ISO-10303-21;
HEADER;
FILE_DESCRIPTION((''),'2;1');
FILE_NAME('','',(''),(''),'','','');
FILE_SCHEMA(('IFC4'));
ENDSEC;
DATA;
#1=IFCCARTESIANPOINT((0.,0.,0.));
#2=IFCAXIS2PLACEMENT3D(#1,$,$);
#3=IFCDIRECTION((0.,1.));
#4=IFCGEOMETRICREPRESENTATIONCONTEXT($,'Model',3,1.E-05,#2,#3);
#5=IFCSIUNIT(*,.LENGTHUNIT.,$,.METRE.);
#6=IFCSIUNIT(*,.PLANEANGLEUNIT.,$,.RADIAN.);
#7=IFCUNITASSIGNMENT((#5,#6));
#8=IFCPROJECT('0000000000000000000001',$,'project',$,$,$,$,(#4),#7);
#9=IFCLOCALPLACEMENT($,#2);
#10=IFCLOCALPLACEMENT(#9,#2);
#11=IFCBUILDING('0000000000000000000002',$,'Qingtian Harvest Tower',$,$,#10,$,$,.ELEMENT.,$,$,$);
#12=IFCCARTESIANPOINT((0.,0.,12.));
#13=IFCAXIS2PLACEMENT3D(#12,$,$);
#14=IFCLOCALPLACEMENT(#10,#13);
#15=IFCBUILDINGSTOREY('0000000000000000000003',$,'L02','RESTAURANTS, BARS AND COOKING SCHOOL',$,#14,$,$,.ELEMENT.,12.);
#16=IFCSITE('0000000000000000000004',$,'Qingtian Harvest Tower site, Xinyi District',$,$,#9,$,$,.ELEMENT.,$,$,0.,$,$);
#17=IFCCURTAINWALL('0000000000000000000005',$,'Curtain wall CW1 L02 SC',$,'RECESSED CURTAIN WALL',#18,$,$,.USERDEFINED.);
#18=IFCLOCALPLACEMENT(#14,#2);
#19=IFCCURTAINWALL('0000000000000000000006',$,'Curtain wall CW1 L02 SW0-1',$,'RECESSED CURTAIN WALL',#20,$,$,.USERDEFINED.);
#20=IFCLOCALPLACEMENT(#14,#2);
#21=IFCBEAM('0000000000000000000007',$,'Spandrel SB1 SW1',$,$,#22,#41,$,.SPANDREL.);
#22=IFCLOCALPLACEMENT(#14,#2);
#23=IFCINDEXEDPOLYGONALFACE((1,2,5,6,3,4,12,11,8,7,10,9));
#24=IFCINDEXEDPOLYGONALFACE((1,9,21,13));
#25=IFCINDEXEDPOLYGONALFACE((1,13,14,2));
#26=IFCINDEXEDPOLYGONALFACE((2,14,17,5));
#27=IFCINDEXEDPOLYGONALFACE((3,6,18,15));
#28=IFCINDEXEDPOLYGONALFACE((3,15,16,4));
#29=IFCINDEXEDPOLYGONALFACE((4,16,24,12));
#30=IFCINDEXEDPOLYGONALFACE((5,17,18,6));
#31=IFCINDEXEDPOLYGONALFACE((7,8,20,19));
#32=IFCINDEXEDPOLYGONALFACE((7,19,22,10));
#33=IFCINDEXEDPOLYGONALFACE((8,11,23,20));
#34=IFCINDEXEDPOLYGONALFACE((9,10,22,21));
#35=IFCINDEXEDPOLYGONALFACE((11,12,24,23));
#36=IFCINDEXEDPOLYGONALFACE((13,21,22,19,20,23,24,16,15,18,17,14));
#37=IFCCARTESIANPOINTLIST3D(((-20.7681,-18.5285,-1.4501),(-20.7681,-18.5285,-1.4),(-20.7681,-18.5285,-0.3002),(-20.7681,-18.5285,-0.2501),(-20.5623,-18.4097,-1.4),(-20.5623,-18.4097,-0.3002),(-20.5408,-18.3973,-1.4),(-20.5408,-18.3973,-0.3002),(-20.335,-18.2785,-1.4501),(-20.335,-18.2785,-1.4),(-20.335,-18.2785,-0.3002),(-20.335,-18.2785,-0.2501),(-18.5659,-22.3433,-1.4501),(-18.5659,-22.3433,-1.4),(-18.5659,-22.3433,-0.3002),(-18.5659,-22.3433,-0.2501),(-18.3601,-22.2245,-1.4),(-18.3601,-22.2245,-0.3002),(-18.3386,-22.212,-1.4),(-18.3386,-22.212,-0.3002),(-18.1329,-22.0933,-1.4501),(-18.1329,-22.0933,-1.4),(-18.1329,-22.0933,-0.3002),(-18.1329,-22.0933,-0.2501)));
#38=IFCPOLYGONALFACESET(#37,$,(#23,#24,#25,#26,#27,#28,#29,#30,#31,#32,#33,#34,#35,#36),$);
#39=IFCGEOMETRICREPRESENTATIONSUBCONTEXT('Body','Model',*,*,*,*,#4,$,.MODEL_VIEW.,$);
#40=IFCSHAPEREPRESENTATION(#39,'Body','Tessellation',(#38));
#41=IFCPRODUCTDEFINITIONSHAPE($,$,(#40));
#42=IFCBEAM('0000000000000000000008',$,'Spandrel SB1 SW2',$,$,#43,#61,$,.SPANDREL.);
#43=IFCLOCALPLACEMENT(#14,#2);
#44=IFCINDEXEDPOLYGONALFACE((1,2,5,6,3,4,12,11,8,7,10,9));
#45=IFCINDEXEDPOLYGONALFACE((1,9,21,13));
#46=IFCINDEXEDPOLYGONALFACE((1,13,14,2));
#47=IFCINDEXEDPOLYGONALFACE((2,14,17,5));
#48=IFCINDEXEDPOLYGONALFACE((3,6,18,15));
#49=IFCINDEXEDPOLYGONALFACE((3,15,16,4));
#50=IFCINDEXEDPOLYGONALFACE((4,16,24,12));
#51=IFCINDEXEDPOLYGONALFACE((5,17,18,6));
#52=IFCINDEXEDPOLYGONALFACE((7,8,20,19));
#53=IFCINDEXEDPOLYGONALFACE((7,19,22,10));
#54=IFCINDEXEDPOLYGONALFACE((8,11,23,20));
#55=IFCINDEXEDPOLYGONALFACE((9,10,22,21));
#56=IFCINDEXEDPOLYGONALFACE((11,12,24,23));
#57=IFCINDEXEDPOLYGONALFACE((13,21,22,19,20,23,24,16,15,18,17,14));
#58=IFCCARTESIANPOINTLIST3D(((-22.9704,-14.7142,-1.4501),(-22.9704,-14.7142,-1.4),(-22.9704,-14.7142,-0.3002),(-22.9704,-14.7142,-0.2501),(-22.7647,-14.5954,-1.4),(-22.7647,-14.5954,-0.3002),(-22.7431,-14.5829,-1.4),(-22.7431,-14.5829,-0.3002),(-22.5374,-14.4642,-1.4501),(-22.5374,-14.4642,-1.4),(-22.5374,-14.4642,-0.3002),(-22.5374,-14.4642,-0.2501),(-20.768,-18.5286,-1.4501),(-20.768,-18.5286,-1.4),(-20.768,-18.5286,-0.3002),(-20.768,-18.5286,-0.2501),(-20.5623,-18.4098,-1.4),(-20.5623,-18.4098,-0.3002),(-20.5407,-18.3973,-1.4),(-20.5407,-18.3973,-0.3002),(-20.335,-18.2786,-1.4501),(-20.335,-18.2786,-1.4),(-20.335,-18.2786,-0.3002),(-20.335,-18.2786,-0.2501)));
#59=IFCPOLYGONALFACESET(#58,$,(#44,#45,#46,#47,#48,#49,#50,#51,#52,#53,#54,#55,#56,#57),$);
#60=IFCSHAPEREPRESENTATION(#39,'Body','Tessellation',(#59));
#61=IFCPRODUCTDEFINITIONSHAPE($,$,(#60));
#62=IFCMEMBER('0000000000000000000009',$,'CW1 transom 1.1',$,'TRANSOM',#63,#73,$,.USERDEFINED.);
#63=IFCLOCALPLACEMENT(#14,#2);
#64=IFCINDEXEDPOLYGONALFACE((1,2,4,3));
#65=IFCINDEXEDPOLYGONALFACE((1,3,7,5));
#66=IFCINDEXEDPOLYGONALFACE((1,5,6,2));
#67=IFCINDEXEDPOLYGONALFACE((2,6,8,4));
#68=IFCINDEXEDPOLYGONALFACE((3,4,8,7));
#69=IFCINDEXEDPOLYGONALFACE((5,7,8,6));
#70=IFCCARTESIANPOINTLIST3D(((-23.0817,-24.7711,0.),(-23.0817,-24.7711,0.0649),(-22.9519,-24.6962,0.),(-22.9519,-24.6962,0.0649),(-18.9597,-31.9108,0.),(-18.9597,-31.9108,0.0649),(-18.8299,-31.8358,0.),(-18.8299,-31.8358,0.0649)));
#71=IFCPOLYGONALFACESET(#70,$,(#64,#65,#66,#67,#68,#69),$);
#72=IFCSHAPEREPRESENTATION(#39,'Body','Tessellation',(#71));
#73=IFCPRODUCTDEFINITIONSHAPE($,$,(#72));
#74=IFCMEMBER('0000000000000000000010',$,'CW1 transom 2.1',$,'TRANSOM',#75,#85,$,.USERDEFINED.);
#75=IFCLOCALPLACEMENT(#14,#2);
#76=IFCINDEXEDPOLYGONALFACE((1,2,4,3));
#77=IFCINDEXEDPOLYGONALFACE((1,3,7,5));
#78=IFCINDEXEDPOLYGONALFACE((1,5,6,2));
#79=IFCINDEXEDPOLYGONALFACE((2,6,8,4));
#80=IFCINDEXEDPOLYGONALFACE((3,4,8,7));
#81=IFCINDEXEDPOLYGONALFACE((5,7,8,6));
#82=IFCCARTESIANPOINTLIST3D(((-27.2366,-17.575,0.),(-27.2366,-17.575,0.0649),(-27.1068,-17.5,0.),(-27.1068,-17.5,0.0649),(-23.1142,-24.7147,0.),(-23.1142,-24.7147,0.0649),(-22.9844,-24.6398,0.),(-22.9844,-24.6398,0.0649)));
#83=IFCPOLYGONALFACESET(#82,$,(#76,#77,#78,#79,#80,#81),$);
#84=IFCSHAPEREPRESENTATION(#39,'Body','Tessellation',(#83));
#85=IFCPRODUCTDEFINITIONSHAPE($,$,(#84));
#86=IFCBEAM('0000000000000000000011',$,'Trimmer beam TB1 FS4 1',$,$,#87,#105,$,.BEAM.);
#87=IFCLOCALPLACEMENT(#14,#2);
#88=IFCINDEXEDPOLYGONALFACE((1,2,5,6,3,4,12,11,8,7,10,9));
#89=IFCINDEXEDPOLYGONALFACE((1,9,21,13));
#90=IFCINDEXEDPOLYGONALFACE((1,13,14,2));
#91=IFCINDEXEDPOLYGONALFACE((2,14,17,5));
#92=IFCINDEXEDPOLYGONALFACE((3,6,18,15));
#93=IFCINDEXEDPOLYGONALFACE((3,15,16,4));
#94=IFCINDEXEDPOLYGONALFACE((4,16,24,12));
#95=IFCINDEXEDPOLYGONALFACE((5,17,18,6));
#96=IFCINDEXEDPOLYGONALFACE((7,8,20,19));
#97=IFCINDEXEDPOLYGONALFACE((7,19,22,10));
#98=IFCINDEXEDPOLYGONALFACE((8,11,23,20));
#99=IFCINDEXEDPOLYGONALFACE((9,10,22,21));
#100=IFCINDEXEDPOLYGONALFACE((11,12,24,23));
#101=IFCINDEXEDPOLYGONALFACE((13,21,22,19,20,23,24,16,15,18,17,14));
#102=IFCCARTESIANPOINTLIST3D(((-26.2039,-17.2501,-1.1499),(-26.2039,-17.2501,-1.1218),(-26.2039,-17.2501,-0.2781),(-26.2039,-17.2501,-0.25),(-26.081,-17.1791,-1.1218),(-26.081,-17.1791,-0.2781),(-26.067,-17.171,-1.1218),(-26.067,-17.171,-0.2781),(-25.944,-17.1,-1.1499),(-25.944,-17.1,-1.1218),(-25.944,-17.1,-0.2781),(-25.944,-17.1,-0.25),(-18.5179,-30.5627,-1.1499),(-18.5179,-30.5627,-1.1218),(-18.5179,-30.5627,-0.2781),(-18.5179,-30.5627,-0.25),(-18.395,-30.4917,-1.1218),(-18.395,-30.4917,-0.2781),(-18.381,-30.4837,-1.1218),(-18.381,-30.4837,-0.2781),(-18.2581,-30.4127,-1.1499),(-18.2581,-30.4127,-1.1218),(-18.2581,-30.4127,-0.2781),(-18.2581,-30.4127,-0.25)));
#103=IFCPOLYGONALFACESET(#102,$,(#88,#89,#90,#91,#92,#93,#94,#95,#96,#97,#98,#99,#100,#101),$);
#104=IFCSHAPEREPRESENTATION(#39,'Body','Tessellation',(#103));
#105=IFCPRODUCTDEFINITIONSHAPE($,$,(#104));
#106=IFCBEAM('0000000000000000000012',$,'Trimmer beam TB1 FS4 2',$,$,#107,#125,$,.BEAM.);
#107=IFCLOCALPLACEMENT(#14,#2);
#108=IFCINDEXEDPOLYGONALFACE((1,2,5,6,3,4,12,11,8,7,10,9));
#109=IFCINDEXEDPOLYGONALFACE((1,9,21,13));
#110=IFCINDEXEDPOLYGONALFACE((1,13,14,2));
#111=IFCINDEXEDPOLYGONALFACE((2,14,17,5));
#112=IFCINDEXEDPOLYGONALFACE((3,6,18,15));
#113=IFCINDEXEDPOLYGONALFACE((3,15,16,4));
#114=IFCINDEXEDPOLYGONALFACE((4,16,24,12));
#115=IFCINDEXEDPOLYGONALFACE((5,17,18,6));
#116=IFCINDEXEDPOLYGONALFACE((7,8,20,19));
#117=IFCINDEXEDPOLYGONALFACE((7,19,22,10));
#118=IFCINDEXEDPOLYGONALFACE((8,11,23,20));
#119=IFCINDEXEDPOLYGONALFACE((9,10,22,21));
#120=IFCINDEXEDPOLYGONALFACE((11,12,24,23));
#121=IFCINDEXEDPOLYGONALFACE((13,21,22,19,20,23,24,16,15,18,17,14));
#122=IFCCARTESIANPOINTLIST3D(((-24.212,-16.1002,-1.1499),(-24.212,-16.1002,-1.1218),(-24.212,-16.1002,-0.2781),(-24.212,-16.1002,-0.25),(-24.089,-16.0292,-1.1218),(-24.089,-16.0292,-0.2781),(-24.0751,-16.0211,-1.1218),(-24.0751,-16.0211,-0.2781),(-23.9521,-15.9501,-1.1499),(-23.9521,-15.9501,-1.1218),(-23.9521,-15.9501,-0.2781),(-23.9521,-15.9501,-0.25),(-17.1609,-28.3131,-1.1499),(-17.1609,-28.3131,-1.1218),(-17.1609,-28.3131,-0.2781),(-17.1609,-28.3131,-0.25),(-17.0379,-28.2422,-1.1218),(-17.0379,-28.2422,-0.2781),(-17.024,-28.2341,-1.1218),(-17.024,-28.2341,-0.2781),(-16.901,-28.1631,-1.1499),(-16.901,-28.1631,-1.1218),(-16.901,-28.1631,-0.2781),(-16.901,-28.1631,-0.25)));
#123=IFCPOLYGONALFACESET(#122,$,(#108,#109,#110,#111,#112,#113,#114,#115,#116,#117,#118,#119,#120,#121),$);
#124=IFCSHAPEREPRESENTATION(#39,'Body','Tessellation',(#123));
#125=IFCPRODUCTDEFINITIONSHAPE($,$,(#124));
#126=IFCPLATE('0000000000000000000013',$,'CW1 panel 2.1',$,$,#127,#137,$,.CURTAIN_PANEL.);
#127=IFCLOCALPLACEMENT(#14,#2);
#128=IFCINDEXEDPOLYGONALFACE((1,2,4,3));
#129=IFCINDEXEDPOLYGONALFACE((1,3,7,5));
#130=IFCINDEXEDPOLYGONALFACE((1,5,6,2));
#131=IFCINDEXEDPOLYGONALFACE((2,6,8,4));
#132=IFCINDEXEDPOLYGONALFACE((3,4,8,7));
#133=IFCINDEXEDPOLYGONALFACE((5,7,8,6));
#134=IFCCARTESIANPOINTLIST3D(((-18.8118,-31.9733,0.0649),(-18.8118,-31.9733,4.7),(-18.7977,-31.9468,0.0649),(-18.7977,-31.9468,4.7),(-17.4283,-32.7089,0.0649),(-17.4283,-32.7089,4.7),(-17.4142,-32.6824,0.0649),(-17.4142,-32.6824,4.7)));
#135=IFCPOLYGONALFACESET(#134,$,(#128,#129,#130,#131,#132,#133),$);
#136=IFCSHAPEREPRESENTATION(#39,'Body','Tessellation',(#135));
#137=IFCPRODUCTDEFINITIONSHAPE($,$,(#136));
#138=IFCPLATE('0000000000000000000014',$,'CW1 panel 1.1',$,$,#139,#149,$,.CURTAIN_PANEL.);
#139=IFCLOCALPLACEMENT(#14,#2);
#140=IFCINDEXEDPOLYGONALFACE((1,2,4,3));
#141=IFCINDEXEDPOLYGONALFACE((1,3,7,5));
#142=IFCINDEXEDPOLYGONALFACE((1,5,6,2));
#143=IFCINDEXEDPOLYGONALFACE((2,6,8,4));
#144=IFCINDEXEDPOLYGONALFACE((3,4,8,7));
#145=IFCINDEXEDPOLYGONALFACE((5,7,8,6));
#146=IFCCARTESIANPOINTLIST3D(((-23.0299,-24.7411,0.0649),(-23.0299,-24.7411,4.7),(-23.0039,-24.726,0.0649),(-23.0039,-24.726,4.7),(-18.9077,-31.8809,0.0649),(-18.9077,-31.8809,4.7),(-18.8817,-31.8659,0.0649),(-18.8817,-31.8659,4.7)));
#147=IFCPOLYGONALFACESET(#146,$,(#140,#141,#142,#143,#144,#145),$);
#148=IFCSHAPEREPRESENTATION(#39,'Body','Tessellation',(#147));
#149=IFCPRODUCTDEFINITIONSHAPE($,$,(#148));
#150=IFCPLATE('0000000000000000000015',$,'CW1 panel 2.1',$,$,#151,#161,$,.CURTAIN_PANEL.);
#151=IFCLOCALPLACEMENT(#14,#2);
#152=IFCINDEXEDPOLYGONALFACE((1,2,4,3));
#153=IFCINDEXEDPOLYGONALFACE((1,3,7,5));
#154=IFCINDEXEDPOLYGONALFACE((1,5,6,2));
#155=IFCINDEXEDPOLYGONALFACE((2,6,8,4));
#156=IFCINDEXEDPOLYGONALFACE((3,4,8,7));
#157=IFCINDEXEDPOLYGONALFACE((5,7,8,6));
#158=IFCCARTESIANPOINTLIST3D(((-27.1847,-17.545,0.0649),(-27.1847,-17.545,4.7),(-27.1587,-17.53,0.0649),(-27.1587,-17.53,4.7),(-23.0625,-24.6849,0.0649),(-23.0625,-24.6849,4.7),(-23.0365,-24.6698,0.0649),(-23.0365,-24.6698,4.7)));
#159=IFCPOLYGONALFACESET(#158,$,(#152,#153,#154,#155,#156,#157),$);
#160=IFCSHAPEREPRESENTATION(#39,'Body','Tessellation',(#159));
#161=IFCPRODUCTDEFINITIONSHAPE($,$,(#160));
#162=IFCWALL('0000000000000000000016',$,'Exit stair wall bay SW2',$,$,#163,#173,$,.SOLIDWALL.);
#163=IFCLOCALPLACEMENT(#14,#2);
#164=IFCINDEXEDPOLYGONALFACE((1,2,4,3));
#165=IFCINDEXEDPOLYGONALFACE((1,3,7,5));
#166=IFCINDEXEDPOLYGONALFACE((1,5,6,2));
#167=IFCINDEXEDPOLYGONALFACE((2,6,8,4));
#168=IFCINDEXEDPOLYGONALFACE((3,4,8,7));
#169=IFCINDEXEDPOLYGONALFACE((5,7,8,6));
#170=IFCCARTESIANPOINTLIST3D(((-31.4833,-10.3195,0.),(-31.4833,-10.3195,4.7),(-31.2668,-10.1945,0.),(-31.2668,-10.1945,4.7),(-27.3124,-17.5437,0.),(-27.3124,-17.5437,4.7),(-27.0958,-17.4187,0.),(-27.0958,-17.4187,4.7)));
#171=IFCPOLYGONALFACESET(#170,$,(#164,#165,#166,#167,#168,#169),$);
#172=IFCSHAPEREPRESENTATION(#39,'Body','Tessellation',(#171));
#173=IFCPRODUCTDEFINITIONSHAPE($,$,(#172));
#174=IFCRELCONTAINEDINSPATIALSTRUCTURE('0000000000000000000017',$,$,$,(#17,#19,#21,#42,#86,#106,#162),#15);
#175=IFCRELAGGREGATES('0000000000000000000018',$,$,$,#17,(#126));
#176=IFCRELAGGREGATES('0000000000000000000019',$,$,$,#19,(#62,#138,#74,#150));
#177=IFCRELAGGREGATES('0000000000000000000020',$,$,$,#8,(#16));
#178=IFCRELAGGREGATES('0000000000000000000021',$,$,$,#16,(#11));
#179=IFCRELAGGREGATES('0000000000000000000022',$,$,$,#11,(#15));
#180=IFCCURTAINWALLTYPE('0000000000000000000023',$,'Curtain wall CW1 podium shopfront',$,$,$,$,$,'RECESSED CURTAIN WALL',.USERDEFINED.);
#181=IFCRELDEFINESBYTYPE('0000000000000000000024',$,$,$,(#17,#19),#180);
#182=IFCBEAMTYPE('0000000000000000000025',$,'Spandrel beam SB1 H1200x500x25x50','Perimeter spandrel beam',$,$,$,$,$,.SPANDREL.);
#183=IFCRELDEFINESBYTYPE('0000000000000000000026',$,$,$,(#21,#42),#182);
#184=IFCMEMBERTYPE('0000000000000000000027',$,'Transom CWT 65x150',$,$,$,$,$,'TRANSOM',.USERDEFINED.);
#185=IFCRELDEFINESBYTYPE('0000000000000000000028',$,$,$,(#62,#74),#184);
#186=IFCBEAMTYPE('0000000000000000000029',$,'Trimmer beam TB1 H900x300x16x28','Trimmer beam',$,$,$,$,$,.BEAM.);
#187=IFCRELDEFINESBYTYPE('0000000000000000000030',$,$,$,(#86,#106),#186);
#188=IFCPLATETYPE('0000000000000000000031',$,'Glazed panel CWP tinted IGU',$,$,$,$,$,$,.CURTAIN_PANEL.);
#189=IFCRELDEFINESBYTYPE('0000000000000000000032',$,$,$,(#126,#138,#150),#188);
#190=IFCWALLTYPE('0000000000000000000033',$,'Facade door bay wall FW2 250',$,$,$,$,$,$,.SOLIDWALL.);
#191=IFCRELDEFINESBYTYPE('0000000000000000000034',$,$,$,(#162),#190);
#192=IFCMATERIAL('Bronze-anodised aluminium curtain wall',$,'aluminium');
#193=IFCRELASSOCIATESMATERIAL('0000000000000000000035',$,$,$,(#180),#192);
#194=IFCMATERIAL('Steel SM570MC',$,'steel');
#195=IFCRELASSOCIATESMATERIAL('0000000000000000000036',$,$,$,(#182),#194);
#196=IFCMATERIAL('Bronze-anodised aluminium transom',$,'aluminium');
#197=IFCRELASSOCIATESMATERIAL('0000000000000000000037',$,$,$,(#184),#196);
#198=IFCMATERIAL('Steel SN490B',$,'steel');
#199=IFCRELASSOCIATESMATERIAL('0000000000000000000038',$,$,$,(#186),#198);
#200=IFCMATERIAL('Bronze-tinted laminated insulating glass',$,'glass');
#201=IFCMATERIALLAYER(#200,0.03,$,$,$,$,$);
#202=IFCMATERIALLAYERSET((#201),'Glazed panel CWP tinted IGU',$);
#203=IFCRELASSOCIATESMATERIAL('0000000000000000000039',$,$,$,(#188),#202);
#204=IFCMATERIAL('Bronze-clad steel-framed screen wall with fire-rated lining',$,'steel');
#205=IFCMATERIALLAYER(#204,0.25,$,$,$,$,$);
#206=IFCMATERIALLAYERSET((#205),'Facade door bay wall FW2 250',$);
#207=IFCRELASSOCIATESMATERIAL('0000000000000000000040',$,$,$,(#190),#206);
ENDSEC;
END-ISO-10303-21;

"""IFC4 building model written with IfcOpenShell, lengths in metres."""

from ifc_helpers import new_model, si_unit, direction, frame, frame_2d, origin, origin_2d, place, context, subcontext, project, spatial, rectangle, i_section, extrude, material, layer, layer_set, material_profile, profile_set, type_object, element, aggregate, save


model = new_model("IFC4")

# Units and contexts
model_context = context("Model", 3, precision=1e-05, world=origin(), true_north=direction((0.0, 1.0)))
body_context = subcontext(model_context, "Body", "Model", "MODEL_VIEW")
ifc_project = project(units=[si_unit("LENGTHUNIT", "METRE"), si_unit("PLANEANGLEUNIT", "RADIAN")], contexts=[model_context])

# Site, building, storey
site_placement = place(None, origin())
site = spatial("IfcSite", under=ifc_project, at=site_placement, Name="Qingtian Harvest Tower site, Xinyi District", CompositionType="ELEMENT", RefElevation=0.0)
building_placement = place(site_placement, origin())
building = spatial("IfcBuilding", under=site, at=building_placement, Name="Qingtian Harvest Tower", CompositionType="ELEMENT")
storey_placement = place(building_placement, frame((0.0, 0.0, 12.0)))
storey = spatial("IfcBuildingStorey", under=building, at=storey_placement, Name="L02", Description="RESTAURANTS, BARS AND COOKING SCHOOL", CompositionType="ELEMENT", Elevation=12.0)

# Curtain wall
ifc_material_1 = material(Name="Bronze-anodised aluminium curtain wall", Category="aluminium")
curtain_wall_type = type_object("IfcCurtainWallType", Name="Curtain wall CW1 podium shopfront", ElementType="RECESSED CURTAIN WALL", PredefinedType="USERDEFINED", material=ifc_material_1)
curtain_wall_1_placement = place(storey_placement, origin())
curtain_wall_1 = element("IfcCurtainWall", 1, at=curtain_wall_1_placement, inside=storey, type_object=curtain_wall_type, Name="Curtain wall CW1 L02 SC", ObjectType="RECESSED CURTAIN WALL", PredefinedType="USERDEFINED")

# Curtain wall
curtain_wall_2_placement = place(storey_placement, origin())
curtain_wall_2 = element("IfcCurtainWall", 2, at=curtain_wall_2_placement, inside=storey, type_object=curtain_wall_type, Name="Curtain wall CW1 L02 SW0-1", ObjectType="RECESSED CURTAIN WALL", PredefinedType="USERDEFINED")

# Beams
ifc_material_2 = material(Name="Steel SM570MC", Category="steel")
ifc_material_profile_1 = material_profile(ifc_material_2, i_section(OverallWidth=0.5, OverallDepth=1.2, WebThickness=0.0249, FlangeThickness=0.05, at=origin_2d()), Name="H1200x500x25x50")
ifc_profile_set_1 = profile_set([ifc_material_profile_1], Name="Steel SM570MC")
beam_type_1 = type_object("IfcBeamType", Name="Spandrel beam SB1 H1200x500x25x50", Description="Perimeter spandrel beam", PredefinedType="SPANDREL", material=ifc_profile_set_1)
beam_1_placement = place(storey_placement, frame((-18.3494, -22.2183, -0.8501), z_axis=(-0.499954, 0.866052, 0.0), x_axis=(-0.866052, -0.499954, 0.0)))
element("IfcBeam", 3, at=beam_1_placement, inside=storey, type_object=beam_type_1, Name="Spandrel SB1 SW1", PredefinedType="SPANDREL", context=body_context, shape_type="SweptSolid", body=[
    extrude(i_section(OverallWidth=0.5, OverallDepth=1.2, WebThickness=0.0249, FlangeThickness=0.05, at=origin_2d()), origin(), (0.0, 0.0, 1.0), 4.4048),
])
beam_2_placement = place(storey_placement, frame((-20.5515, -18.4036, -0.8501), z_axis=(-0.50002, 0.866014, 0.0), x_axis=(-0.866014, -0.50002, 0.0)))
element("IfcBeam", 4, at=beam_2_placement, inside=storey, type_object=beam_type_1, Name="Spandrel SB1 SW2", PredefinedType="SPANDREL", context=body_context, shape_type="SweptSolid", body=[
    extrude(i_section(OverallWidth=0.5, OverallDepth=1.2, WebThickness=0.0249, FlangeThickness=0.05, at=origin_2d()), origin(), (0.0, 0.0, 1.0), 4.4045),
])

# Members
ifc_material_3 = material(Name="Bronze-anodised aluminium transom", Category="aluminium")
ifc_material_profile_2 = material_profile(ifc_material_3, rectangle(XDim=0.1499, YDim=0.0649, at=origin_2d()), Name="AL 65x150")
ifc_profile_set_2 = profile_set([ifc_material_profile_2], Name="Bronze-anodised aluminium transom")
member_type_1 = type_object("IfcMemberType", Name="Transom CWT 65x150", ElementType="TRANSOM", PredefinedType="USERDEFINED", material=ifc_profile_set_2)
member_1_placement = place(storey_placement, frame((-18.8948, -31.8733, 0.0325), z_axis=(-0.499999, 0.866026, 0.0), x_axis=(-0.866026, -0.499999, 0.0)))
member_1 = element("IfcMember", 5, at=member_1_placement, type_object=member_type_1, Name="CW1 transom 1.1", ObjectType="TRANSOM", PredefinedType="USERDEFINED", context=body_context, shape_type="SweptSolid", body=[
    extrude(rectangle(XDim=0.1499, YDim=0.0649, at=origin_2d()), origin(), (0.0, 0.0, 1.0), 8.2441),
])
member_2_placement = place(storey_placement, frame((-23.0493, -24.6772, 0.0325), z_axis=(-0.500022, 0.866013, 0.0), x_axis=(-0.866013, -0.500022, 0.0)))
member_2 = element("IfcMember", 6, at=member_2_placement, type_object=member_type_1, Name="CW1 transom 2.1", ObjectType="TRANSOM", PredefinedType="USERDEFINED", context=body_context, shape_type="SweptSolid", body=[
    extrude(rectangle(XDim=0.1499, YDim=0.0649, at=origin_2d()), origin(), (0.0, 0.0, 1.0), 8.2444),
])

# Beams
ifc_material_4 = material(Name="Steel SN490B", Category="steel")
ifc_material_profile_3 = material_profile(ifc_material_4, i_section(OverallWidth=0.3, OverallDepth=0.8999, WebThickness=0.0161, FlangeThickness=0.0281, at=origin_2d()), Name="H900x300x16x28")
ifc_profile_set_3 = profile_set([ifc_material_profile_3], Name="Steel SN490B")
beam_type_2 = type_object("IfcBeamType", Name="Trimmer beam TB1 H900x300x16x28", Description="Trimmer beam", PredefinedType="BEAM", material=ifc_profile_set_3)
beam_3_placement = place(storey_placement, frame((-26.074, -17.175, -0.7), z_axis=(0.499996, -0.866028, 0.0), x_axis=(0.866028, 0.499996, 0.0)))
element("IfcBeam", 7, at=beam_3_placement, inside=storey, type_object=beam_type_2, Name="Trimmer beam TB1 FS4 1", PredefinedType="BEAM", context=body_context, shape_type="SweptSolid", body=[
    extrude(i_section(OverallWidth=0.3, OverallDepth=0.8999, WebThickness=0.0161, FlangeThickness=0.0281, at=origin_2d()), origin(), (0.0, 0.0, 1.0), 15.3721),
])
beam_4_placement = place(storey_placement, frame((-24.082, -16.0251, -0.7), z_axis=(0.499995, -0.866028, 0.0), x_axis=(0.866028, 0.499995, 0.0)))
element("IfcBeam", 8, at=beam_4_placement, inside=storey, type_object=beam_type_2, Name="Trimmer beam TB1 FS4 2", PredefinedType="BEAM", context=body_context, shape_type="SweptSolid", body=[
    extrude(i_section(OverallWidth=0.3, OverallDepth=0.8999, WebThickness=0.0161, FlangeThickness=0.0281, at=origin_2d()), origin(), (0.0, 0.0, 1.0), 14.1023),
])

# Plates
ifc_material_5 = material(Name="Bronze-tinted laminated insulating glass", Category="glass")
ifc_layer_1 = layer(ifc_material_5, 0.03)
ifc_layer_set_1 = layer_set([ifc_layer_1], Name="Glazed panel CWP tinted IGU")
plate_type = type_object("IfcPlateType", Name="Glazed panel CWP tinted IGU", PredefinedType="CURTAIN_PANEL", material=ifc_layer_set_1)
plate_1_placement = place(storey_placement, frame((-18.113, -32.3279, 0.0649), z_axis=(0.0, 0.0, 1.0), x_axis=(-0.882948, 0.469472, 0.0)))
plate_1 = element("IfcPlate", 9, at=plate_1_placement, type_object=plate_type, Name="CW1 panel 2.1", PredefinedType="CURTAIN_PANEL", context=body_context, shape_type="SweptSolid", body=[
    extrude(rectangle(XDim=1.5669, YDim=0.03, at=origin_2d()), origin(), (0.0, 0.0, 1.0), 4.635),
])
aggregate(curtain_wall_1, [plate_1])
plate_2_placement = place(storey_placement, frame((-20.9558, -28.3035, 0.0649), z_axis=(0.0, 0.0, 1.0), x_axis=(-0.5, 0.866025, 0.0)))
plate_2 = element("IfcPlate", 10, at=plate_2_placement, type_object=plate_type, Name="CW1 panel 1.1", PredefinedType="CURTAIN_PANEL", context=body_context, shape_type="SweptSolid", body=[
    extrude(rectangle(XDim=8.2444, YDim=0.03, at=origin_2d()), origin(), (0.0, 0.0, 1.0), 4.635),
])
plate_3_placement = place(storey_placement, frame((-25.1106, -21.1074, 0.0649), z_axis=(0.0, 0.0, 1.0), x_axis=(-0.5, 0.866025, 0.0)))
plate_3 = element("IfcPlate", 11, at=plate_3_placement, type_object=plate_type, Name="CW1 panel 2.1", PredefinedType="CURTAIN_PANEL", context=body_context, shape_type="SweptSolid", body=[
    extrude(rectangle(XDim=8.2444, YDim=0.03, at=origin_2d()), origin(), (0.0, 0.0, 1.0), 4.635),
])
aggregate(curtain_wall_2, [member_1, plate_2, member_2, plate_3])

# Wall
ifc_material_6 = material(Name="Bronze-clad steel-framed screen wall with fire-rated lining", Category="steel")
ifc_layer_2 = layer(ifc_material_6, 0.25)
ifc_layer_set_2 = layer_set([ifc_layer_2], Name="Facade door bay wall FW2 250")
wall_type_1 = type_object("IfcWallType", Name="Facade door bay wall FW2 250", PredefinedType="SOLIDWALL", material=ifc_layer_set_2)
wall_1_placement = place(storey_placement, frame((-27.2041, -17.4812, 0.0), z_axis=(0.0, 0.0, 1.0), x_axis=(-0.500005, 0.866023, 0.0)))
element("IfcWall", 12, at=wall_1_placement, inside=storey, type_object=wall_type_1, Name="Exit stair wall bay SW2", PredefinedType="SOLIDWALL", context=body_context, shape_type="SweptSolid", body=[
    extrude(rectangle(XDim=8.3418, YDim=0.25, at=frame_2d((4.1709, 0.0))), origin(), (0.0, 0.0, 1.0), 4.7),
])

save(model, "model.ifc")
